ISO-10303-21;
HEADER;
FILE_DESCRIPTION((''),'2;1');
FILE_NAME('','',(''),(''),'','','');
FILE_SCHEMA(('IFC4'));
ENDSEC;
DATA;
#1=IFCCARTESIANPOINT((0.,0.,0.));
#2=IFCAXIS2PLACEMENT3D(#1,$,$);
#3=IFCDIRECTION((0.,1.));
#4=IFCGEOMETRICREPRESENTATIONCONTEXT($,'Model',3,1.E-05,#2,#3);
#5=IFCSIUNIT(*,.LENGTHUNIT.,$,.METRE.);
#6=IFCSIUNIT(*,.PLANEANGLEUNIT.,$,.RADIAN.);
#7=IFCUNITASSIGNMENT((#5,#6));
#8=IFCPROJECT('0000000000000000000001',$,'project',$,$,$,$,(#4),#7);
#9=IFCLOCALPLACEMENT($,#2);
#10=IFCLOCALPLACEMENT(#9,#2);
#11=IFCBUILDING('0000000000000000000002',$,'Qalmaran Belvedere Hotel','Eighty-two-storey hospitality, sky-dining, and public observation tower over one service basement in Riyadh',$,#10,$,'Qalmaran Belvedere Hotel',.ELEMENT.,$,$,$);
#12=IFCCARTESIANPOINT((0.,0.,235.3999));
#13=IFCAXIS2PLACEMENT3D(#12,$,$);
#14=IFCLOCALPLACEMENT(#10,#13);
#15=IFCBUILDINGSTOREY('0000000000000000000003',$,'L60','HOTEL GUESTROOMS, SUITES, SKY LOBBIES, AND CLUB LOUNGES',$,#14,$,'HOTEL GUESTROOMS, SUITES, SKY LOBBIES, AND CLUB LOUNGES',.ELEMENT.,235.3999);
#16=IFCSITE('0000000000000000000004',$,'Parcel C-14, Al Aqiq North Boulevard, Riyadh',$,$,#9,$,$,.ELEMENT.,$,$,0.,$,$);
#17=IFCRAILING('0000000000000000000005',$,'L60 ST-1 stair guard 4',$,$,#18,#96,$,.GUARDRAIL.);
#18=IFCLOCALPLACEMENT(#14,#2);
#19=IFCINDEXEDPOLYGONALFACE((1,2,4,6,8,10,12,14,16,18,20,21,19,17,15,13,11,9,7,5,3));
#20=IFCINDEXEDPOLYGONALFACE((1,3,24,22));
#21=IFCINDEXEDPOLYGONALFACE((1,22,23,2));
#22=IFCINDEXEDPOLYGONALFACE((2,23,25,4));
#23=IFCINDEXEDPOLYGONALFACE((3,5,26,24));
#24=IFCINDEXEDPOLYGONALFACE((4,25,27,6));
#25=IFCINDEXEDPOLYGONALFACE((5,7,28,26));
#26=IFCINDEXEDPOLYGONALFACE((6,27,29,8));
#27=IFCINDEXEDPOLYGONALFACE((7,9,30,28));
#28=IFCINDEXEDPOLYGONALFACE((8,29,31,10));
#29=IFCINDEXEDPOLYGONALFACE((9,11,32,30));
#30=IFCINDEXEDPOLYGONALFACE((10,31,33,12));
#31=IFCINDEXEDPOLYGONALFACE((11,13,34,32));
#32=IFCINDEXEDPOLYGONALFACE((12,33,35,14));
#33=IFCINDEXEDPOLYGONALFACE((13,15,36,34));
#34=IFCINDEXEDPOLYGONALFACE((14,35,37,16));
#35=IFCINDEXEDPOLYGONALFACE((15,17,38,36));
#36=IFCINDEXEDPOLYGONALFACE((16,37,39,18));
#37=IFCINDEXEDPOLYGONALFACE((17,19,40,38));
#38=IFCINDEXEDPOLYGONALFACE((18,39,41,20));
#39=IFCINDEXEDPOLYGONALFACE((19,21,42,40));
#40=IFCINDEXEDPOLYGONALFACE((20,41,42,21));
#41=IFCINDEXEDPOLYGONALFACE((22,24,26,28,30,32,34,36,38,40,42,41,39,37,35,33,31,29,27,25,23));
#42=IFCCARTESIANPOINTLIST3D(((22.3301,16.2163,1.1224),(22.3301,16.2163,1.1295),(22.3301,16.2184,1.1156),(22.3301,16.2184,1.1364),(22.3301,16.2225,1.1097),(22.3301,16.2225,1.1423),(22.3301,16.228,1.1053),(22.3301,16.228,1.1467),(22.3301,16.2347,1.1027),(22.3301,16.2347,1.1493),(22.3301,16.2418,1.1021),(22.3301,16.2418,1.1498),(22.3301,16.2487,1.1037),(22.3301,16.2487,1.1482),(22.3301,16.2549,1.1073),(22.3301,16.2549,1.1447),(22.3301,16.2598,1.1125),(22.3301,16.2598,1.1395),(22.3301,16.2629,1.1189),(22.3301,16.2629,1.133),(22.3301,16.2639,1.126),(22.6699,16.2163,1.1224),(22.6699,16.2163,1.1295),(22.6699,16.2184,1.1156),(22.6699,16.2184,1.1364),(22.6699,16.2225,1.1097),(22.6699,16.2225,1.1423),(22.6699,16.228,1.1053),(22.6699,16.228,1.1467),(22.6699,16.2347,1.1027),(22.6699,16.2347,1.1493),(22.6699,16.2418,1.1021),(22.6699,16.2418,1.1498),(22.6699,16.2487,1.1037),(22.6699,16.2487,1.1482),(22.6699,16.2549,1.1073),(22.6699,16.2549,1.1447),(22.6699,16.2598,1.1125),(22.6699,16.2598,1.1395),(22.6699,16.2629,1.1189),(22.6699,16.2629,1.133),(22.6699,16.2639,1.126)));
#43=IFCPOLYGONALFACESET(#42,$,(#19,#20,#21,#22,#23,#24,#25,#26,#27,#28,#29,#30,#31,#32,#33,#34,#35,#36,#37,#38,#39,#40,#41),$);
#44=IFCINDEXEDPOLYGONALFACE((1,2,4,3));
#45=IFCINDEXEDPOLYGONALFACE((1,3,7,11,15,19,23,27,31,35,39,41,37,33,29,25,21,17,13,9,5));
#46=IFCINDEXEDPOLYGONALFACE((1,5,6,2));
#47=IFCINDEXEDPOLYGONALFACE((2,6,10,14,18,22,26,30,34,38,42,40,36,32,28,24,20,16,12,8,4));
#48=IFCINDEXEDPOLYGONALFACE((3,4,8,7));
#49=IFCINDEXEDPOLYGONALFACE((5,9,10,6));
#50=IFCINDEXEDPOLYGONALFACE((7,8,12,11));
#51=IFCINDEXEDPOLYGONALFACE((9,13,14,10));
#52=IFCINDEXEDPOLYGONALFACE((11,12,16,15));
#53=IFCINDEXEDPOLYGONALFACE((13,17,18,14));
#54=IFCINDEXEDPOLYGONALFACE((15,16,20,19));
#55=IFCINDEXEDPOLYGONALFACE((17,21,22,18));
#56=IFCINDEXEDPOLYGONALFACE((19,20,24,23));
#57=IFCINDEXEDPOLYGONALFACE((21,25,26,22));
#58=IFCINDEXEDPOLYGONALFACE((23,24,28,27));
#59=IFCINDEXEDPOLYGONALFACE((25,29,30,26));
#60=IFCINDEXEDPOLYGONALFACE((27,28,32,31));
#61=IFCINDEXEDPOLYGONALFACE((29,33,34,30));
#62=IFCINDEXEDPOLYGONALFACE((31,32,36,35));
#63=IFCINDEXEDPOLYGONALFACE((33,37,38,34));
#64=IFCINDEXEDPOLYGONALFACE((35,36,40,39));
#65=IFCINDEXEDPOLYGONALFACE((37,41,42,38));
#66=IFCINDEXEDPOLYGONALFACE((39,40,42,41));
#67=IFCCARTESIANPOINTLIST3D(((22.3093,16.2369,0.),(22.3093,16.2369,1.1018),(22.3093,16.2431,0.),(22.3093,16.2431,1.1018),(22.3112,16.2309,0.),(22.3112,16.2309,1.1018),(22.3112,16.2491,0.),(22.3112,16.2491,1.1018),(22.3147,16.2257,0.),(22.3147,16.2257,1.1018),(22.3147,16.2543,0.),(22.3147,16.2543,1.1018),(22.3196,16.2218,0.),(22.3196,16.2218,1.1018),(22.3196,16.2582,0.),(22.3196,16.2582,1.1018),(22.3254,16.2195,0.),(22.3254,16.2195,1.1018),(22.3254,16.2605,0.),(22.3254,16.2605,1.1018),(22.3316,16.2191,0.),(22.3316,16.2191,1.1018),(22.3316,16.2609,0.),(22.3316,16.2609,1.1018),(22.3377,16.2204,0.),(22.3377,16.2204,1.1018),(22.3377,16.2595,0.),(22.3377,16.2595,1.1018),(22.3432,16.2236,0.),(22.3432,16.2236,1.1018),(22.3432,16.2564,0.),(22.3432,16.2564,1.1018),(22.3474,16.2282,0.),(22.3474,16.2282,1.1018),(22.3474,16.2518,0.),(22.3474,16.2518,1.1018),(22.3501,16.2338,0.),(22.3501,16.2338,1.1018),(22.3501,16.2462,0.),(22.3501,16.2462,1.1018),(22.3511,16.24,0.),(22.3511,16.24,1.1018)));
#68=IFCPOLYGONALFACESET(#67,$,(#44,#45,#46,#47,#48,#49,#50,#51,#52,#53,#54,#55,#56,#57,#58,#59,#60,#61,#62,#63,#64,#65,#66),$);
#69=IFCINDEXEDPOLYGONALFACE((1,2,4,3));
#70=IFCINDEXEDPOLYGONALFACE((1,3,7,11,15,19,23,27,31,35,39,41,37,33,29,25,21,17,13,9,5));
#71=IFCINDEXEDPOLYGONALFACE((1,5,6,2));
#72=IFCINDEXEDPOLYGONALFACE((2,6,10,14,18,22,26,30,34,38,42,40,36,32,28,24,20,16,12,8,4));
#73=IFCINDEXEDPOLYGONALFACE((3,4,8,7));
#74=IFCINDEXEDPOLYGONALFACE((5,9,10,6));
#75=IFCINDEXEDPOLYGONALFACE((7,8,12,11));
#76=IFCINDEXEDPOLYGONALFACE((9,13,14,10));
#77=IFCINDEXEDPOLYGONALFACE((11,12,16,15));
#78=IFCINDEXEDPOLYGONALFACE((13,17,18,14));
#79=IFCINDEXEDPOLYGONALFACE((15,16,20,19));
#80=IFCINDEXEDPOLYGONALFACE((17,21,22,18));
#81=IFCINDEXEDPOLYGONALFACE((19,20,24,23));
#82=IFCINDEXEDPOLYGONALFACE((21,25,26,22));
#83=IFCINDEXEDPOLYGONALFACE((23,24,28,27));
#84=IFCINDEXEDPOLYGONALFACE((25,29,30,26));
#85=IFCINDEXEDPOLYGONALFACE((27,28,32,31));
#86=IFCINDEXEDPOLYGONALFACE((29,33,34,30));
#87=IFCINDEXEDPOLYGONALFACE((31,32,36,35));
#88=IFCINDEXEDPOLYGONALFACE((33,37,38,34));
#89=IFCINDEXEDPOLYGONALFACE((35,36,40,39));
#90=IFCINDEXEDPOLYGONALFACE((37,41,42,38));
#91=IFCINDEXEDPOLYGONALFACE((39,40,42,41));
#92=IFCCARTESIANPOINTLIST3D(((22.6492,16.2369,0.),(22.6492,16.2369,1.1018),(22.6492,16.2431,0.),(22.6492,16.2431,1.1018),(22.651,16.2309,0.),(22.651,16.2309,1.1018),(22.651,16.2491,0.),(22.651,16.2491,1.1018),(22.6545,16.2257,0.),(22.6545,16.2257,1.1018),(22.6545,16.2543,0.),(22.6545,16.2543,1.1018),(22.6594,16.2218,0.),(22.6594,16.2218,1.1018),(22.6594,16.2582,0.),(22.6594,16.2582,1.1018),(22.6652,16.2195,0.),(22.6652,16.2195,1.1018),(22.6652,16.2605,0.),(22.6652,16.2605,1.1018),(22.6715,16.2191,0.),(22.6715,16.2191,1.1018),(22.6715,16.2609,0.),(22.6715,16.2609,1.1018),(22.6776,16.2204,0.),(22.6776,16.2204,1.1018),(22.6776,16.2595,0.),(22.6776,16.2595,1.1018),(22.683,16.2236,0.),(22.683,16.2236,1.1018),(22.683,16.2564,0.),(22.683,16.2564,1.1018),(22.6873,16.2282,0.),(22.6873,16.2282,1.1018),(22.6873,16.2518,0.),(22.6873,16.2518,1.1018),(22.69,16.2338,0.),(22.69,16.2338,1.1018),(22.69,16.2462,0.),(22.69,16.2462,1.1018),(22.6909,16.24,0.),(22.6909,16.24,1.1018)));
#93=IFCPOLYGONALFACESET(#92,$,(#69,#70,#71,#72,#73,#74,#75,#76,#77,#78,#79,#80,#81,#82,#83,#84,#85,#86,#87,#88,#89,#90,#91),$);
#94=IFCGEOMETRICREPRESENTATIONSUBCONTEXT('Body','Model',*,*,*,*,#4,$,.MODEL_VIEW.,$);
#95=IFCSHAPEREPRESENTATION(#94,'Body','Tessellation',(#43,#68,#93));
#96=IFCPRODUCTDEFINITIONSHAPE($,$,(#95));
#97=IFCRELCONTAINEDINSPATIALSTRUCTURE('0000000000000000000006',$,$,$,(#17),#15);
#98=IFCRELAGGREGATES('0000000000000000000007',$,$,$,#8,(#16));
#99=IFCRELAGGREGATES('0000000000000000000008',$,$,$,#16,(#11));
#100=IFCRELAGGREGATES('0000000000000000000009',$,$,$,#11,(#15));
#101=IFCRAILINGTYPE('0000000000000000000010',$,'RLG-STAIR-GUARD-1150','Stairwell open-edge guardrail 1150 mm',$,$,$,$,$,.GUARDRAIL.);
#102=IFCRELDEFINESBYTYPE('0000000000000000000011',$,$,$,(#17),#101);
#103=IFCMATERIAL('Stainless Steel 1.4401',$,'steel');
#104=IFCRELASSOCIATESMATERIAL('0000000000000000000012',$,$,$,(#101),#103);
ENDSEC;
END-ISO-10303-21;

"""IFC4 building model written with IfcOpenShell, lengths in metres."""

from ifc_helpers import new_model, si_unit, direction, frame, origin, origin_2d, place, context, subcontext, project, spatial, circle, extrude, material, type_object, element, save


model = new_model("IFC4")

# Units and contexts
model_context = context("Model", 3, precision=1e-05, world=origin(), true_north=direction((0.0, 1.0)))
body_context = subcontext(model_context, "Body", "Model", "MODEL_VIEW")
ifc_project = project(units=[si_unit("LENGTHUNIT", "METRE"), si_unit("PLANEANGLEUNIT", "RADIAN")], contexts=[model_context])

# Site, building, storey
site_placement = place(None, origin())
site = spatial("IfcSite", under=ifc_project, at=site_placement, Name="Parcel C-14, Al Aqiq North Boulevard, Riyadh", CompositionType="ELEMENT", RefElevation=0.0)
building_placement = place(site_placement, origin())
building = spatial("IfcBuilding", under=site, at=building_placement, Name="Qalmaran Belvedere Hotel", Description="Eighty-two-storey hospitality, sky-dining, and public observation tower over one service basement in Riyadh", LongName="Qalmaran Belvedere Hotel", CompositionType="ELEMENT")
storey_placement = place(building_placement, frame((0.0, 0.0, 235.3999)))
storey = spatial("IfcBuildingStorey", under=building, at=storey_placement, Name="L60", Description="HOTEL GUESTROOMS, SUITES, SKY LOBBIES, AND CLUB LOUNGES", LongName="HOTEL GUESTROOMS, SUITES, SKY LOBBIES, AND CLUB LOUNGES", CompositionType="ELEMENT", Elevation=235.3999)

# Shared definitions
ifc_material_1 = material(Name="Stainless Steel 1.4401", Category="steel")

# Railing
railing_type_1 = type_object("IfcRailingType", Name="RLG-STAIR-GUARD-1150", Description="Stairwell open-edge guardrail 1150 mm", PredefinedType="GUARDRAIL", material=ifc_material_1)
railing_1_placement = place(storey_placement, frame((22.3301, 16.24, 0.0)))
element("IfcRailing", 1, at=railing_1_placement, inside=storey, type_object=railing_type_1, Name="L60 ST-1 stair guard 4", PredefinedType="GUARDRAIL", context=body_context, shape_type="SweptSolid", body=[
    extrude(circle(Radius=0.0239, at=origin_2d()), frame((0.0, 0.0, 1.126), z_axis=(1.0, 0.0, 0.0), x_axis=(0.0, 1.0, 0.0)), (0.0, 0.0, 1.0), 0.3398),
    extrude(circle(Radius=0.021, at=origin_2d()), origin(), (0.0, 0.0, 1.0), 1.1018),
    extrude(circle(Radius=0.021, at=origin_2d()), frame((0.3398, 0.0, 0.0)), (0.0, 0.0, 1.0), 1.1018),
])

save(model, "model.ifc")
